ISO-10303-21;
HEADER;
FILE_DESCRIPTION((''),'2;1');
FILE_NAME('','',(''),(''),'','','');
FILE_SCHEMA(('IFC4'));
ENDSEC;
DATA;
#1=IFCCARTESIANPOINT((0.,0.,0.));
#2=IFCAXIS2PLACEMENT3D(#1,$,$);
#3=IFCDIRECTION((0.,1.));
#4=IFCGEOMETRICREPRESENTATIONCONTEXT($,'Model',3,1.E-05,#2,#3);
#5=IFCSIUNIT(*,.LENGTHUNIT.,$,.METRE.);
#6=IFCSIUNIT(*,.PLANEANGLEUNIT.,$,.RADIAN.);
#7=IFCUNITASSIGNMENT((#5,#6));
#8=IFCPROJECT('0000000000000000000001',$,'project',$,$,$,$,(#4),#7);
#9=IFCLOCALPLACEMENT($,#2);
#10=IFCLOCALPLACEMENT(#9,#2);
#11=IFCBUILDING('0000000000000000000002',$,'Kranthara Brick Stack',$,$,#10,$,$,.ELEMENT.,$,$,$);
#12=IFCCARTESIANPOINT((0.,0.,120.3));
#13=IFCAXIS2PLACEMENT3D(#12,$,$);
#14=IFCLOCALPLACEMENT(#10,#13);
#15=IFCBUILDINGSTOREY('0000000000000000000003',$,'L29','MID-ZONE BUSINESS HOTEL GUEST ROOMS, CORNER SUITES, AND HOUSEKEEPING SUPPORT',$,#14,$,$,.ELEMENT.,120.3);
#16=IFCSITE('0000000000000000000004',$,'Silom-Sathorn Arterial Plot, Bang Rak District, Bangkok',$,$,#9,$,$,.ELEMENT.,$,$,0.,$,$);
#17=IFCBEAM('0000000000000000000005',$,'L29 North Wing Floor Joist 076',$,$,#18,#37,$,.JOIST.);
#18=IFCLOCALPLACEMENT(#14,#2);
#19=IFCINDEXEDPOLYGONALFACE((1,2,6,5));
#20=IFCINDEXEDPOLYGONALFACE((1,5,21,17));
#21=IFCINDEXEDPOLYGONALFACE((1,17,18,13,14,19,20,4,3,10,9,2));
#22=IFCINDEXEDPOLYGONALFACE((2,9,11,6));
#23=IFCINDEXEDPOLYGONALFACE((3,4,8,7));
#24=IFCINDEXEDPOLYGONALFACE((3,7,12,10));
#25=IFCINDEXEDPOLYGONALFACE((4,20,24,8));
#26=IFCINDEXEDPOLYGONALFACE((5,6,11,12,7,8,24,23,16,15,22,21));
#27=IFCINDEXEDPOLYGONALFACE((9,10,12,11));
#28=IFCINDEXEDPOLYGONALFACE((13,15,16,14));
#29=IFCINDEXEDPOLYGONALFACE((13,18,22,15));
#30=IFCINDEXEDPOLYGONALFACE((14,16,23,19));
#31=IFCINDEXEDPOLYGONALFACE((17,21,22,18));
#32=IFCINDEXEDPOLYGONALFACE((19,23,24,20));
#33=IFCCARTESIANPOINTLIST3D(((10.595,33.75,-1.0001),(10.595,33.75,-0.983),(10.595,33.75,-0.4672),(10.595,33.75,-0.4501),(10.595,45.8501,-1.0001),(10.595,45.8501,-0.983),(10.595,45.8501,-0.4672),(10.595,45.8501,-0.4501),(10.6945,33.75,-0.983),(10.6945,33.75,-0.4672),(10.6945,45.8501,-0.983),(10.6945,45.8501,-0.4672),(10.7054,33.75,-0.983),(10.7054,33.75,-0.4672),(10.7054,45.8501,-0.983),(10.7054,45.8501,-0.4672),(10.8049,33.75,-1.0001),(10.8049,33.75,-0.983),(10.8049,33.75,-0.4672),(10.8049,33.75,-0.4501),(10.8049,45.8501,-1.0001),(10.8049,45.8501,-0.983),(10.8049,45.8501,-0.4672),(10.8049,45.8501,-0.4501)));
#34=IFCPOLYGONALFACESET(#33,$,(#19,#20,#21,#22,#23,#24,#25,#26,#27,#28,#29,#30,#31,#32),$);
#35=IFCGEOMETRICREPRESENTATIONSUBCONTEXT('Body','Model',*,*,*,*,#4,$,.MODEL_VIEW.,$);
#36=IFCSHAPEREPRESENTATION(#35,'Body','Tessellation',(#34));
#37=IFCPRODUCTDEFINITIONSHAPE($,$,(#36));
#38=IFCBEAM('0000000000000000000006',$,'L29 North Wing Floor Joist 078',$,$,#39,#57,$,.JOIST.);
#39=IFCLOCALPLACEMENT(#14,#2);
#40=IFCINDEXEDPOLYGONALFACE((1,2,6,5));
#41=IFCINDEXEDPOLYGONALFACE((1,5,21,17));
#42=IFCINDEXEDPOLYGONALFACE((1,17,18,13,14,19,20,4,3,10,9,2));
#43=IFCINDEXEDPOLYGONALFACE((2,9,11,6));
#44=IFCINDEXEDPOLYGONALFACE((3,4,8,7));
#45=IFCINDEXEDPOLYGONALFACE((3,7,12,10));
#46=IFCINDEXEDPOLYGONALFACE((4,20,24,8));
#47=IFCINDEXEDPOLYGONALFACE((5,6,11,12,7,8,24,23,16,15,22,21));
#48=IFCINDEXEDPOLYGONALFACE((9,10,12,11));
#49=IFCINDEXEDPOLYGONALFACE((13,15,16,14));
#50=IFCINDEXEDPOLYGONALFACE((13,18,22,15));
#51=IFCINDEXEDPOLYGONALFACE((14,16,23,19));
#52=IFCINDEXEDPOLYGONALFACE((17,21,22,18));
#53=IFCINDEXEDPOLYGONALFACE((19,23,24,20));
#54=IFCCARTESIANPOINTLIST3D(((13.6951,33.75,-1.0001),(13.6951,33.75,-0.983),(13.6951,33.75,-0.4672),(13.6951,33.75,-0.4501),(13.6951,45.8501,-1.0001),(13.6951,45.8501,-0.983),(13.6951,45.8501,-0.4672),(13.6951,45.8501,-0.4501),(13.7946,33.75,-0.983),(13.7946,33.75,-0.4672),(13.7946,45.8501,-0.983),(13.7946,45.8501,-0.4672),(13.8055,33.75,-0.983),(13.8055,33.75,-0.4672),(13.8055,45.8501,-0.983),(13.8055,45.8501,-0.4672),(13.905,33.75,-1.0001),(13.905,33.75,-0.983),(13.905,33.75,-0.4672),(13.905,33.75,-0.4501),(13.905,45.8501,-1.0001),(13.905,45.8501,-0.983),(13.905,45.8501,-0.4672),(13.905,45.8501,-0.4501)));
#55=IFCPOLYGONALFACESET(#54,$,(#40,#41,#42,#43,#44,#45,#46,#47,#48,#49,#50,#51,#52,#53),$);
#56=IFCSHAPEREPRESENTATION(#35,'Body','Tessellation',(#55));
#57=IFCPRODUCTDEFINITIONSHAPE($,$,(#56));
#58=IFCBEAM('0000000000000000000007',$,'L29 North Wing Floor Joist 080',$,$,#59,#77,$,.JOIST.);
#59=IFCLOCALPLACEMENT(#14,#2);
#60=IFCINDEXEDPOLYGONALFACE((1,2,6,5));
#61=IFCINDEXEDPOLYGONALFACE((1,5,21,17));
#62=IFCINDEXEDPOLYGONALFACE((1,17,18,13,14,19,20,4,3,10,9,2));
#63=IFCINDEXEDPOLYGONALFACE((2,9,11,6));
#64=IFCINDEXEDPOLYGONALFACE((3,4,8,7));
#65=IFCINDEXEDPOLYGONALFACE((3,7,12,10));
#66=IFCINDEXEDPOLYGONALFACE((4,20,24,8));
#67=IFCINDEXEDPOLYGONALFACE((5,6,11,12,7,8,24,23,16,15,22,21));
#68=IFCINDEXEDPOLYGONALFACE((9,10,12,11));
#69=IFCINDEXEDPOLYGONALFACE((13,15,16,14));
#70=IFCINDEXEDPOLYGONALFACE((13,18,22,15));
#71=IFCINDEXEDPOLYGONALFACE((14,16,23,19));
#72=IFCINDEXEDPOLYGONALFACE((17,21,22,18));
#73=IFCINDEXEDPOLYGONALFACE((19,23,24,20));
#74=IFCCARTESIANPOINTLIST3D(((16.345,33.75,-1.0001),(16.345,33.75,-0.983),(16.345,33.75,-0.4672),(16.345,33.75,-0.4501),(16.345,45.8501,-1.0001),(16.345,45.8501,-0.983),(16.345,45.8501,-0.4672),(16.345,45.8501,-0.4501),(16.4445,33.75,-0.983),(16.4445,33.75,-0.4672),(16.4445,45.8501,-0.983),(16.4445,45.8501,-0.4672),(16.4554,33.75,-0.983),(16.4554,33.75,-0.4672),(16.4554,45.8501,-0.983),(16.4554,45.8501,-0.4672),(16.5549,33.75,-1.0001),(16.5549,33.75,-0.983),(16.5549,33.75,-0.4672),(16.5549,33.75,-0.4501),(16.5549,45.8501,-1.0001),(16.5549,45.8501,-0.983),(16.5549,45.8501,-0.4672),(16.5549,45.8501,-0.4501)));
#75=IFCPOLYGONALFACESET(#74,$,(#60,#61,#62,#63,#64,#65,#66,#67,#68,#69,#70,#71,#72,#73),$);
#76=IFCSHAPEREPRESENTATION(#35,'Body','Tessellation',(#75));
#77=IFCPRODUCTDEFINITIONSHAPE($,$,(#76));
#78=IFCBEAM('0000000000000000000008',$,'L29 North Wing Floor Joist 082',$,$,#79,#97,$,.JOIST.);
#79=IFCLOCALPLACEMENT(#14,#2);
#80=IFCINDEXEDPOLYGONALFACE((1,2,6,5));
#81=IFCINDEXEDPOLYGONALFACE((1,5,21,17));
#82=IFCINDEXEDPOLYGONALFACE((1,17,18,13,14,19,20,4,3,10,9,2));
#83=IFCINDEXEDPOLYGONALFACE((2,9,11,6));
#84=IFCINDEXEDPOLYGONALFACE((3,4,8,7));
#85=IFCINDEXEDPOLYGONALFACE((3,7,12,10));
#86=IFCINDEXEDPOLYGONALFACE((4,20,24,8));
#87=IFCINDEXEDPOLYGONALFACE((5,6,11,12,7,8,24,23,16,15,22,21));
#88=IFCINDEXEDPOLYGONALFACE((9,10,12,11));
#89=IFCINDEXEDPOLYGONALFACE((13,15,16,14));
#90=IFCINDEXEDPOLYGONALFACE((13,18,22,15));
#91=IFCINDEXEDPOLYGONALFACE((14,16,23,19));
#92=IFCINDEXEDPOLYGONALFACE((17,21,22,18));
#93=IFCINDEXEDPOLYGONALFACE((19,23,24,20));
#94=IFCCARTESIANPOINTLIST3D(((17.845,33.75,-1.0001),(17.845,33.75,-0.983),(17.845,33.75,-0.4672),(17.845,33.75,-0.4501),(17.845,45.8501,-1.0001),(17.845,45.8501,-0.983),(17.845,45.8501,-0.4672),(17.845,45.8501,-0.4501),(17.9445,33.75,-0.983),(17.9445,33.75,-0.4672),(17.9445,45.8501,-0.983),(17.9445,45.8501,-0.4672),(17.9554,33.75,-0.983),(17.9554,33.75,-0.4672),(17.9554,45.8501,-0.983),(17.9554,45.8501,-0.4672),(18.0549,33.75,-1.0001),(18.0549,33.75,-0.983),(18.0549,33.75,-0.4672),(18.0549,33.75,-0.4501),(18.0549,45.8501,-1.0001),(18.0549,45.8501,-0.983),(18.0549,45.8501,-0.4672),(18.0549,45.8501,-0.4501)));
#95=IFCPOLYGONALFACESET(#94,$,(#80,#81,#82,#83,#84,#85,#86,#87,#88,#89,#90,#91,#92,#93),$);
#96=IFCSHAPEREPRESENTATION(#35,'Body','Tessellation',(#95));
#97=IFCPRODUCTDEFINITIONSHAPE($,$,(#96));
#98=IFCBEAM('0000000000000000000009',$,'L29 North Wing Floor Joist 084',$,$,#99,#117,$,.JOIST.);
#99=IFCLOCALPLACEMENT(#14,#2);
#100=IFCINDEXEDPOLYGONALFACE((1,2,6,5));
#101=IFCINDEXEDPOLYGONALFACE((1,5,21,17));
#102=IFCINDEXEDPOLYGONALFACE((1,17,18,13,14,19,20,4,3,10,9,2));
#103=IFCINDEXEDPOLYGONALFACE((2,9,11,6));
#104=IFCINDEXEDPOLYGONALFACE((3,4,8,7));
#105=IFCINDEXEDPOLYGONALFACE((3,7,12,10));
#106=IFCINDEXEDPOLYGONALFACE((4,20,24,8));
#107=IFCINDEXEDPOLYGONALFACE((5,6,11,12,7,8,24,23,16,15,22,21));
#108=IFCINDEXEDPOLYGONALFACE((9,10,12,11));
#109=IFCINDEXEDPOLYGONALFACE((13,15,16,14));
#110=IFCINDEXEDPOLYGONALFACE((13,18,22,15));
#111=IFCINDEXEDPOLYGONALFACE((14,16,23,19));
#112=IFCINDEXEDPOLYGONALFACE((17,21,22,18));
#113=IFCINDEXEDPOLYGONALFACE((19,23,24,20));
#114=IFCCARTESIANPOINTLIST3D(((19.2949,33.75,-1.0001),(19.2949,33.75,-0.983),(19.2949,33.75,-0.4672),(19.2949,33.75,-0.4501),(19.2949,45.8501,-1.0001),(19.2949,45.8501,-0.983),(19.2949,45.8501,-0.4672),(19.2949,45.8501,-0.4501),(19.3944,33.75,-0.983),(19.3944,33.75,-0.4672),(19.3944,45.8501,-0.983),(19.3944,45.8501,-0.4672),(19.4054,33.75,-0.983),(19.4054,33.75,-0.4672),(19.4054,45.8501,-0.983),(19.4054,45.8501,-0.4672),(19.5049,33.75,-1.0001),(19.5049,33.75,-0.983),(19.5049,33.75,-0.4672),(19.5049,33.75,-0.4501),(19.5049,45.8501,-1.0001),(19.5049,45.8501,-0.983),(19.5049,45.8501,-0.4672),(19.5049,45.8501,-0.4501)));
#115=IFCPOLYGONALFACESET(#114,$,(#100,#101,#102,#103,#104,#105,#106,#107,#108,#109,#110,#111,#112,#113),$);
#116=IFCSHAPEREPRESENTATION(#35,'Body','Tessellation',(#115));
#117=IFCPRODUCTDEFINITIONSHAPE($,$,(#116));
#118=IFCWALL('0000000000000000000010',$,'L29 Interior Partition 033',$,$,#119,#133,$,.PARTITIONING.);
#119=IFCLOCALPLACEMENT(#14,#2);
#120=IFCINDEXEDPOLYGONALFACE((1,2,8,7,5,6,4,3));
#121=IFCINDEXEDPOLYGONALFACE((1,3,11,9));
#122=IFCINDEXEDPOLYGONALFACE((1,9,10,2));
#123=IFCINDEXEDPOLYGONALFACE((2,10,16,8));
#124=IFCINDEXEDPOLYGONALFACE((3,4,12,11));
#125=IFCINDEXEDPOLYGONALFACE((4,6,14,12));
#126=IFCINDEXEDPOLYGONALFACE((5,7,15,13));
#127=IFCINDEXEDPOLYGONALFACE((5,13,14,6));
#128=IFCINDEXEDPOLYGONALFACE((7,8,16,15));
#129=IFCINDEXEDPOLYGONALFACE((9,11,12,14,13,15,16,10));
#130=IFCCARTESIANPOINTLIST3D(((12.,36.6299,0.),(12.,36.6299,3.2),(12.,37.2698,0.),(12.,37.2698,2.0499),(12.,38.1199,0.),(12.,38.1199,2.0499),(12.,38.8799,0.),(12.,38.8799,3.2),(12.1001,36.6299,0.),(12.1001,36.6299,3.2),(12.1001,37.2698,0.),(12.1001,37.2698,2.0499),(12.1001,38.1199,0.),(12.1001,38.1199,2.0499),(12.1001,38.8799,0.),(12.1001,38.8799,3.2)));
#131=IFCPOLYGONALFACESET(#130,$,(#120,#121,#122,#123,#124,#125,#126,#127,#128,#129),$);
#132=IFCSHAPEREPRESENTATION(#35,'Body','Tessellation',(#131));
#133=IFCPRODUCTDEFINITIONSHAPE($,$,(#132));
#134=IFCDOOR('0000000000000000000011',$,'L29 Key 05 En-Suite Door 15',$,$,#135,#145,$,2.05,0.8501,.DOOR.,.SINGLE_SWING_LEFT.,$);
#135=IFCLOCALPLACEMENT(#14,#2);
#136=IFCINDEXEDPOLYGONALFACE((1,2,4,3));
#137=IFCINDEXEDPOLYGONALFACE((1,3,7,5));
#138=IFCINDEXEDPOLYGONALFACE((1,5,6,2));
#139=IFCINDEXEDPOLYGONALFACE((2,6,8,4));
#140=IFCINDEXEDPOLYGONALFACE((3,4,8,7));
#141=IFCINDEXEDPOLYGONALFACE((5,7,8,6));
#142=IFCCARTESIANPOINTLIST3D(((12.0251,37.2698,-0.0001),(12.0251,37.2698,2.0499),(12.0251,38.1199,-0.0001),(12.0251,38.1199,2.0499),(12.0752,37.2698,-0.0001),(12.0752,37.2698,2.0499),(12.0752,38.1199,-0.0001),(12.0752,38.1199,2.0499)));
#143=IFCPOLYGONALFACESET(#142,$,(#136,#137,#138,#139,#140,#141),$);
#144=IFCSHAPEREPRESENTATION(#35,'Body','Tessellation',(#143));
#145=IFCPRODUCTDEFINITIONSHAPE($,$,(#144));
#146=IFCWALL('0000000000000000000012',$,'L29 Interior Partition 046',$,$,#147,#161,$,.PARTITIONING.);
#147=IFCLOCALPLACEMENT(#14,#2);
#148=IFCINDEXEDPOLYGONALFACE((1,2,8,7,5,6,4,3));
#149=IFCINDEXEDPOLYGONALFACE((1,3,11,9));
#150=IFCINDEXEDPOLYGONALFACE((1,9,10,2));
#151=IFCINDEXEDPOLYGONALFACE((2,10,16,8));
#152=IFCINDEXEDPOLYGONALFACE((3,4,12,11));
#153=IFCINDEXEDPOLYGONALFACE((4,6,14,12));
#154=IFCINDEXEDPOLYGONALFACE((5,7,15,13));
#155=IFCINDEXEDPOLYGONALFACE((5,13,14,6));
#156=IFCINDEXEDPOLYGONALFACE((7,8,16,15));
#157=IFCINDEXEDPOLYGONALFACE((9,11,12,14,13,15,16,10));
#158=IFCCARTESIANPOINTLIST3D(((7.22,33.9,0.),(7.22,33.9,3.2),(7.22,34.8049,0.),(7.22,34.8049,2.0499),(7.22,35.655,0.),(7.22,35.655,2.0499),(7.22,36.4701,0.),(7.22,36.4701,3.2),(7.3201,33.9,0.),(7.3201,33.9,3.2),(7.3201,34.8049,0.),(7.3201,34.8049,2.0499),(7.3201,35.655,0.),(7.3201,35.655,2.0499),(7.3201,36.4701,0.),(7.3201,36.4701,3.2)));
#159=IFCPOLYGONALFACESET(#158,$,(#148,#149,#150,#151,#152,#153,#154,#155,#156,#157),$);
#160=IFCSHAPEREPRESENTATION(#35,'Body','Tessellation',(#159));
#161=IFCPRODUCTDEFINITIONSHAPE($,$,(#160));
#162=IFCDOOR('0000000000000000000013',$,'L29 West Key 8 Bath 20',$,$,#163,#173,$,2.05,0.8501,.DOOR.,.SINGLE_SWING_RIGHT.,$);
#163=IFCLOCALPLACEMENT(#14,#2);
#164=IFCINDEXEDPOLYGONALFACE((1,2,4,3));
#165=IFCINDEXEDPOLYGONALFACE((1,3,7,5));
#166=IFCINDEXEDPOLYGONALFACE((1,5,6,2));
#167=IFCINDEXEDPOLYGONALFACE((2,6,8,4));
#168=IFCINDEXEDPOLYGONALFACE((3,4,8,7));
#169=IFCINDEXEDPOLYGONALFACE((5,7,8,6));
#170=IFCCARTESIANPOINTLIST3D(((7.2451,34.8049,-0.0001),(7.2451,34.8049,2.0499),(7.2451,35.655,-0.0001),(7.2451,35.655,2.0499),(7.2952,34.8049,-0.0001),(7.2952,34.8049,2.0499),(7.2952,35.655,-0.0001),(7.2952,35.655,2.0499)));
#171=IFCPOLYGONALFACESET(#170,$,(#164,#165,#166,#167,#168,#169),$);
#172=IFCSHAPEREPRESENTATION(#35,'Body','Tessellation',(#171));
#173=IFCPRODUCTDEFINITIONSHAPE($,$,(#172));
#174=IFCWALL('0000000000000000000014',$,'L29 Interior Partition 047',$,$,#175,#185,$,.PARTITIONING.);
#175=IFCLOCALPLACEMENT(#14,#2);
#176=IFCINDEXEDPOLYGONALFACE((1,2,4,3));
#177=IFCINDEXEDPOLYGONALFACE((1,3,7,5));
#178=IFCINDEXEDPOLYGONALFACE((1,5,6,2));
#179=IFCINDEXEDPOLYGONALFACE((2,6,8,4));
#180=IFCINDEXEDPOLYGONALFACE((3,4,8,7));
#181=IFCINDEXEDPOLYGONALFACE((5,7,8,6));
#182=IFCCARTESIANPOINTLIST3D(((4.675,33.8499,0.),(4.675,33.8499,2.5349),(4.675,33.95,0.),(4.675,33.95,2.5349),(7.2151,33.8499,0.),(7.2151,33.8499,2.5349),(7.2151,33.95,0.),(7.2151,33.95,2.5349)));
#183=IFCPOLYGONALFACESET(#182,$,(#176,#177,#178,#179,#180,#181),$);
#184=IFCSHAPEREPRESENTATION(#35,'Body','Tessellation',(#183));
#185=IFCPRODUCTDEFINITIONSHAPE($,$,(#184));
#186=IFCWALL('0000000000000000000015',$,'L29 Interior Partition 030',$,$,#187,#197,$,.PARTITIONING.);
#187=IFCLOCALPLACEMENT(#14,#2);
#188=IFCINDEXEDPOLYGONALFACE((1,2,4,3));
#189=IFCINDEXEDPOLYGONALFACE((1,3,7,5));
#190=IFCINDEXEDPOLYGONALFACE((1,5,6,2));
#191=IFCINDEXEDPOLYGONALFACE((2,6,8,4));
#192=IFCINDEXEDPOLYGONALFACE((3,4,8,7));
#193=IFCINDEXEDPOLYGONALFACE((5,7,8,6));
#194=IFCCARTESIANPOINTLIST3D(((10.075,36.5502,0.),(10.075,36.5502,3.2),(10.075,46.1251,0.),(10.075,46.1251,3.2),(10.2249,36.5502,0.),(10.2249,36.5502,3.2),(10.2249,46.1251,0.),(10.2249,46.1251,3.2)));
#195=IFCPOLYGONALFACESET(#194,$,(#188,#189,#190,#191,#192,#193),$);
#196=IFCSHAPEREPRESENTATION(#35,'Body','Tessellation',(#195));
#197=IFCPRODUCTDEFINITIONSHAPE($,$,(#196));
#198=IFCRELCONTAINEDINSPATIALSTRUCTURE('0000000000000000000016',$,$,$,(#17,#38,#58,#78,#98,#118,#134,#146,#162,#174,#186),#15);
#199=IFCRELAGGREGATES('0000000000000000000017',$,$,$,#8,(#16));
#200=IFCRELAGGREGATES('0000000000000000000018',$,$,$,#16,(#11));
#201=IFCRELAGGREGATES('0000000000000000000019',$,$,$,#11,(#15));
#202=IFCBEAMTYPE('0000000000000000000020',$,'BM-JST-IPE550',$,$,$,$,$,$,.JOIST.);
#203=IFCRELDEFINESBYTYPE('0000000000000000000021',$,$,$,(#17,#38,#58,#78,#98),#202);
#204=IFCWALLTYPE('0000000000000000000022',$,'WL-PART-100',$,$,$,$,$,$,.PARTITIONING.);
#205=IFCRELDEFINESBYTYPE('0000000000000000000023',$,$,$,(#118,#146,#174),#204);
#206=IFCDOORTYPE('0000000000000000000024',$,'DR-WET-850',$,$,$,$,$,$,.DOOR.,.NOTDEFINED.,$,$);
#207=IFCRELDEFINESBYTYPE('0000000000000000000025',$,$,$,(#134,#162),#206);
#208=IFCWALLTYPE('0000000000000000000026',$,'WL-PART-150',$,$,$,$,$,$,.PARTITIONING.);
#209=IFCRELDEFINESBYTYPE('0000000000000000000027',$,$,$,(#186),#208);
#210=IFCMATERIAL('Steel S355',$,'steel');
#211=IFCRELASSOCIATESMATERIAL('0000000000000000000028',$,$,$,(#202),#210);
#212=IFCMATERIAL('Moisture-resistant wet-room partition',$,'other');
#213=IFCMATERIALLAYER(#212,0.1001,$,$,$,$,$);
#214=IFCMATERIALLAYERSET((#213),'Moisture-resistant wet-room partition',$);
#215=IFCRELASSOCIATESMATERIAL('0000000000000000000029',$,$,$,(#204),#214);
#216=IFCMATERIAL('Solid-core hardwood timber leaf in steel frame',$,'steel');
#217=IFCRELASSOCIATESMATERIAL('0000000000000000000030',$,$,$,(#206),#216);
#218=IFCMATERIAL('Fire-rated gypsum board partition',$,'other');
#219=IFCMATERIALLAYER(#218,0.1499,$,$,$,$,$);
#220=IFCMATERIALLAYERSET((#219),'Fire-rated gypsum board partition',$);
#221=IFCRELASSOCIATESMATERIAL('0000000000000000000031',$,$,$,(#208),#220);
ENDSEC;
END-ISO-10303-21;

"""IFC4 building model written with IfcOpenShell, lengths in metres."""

from ifc_helpers import new_model, si_unit, direction, frame, frame_2d, origin, origin_2d, place, context, subcontext, project, spatial, rectangle, i_section, extrude, material, layer, layer_set, material_profile, profile_set, type_object, element, fill, save


model = new_model("IFC4")

# Units and contexts
model_context = context("Model", 3, precision=1e-05, world=origin(), true_north=direction((0.0, 1.0)))
body_context = subcontext(model_context, "Body", "Model", "MODEL_VIEW")
ifc_project = project(units=[si_unit("LENGTHUNIT", "METRE"), si_unit("PLANEANGLEUNIT", "RADIAN")], contexts=[model_context])

# Site, building, storey
site_placement = place(None, origin())
site = spatial("IfcSite", under=ifc_project, at=site_placement, Name="Silom-Sathorn Arterial Plot, Bang Rak District, Bangkok", CompositionType="ELEMENT", RefElevation=0.0)
building_placement = place(site_placement, origin())
building = spatial("IfcBuilding", under=site, at=building_placement, Name="Kranthara Brick Stack", CompositionType="ELEMENT")
storey_placement = place(building_placement, frame((0.0, 0.0, 120.3)))
storey = spatial("IfcBuildingStorey", under=building, at=storey_placement, Name="L29", Description="MID-ZONE BUSINESS HOTEL GUEST ROOMS, CORNER SUITES, AND HOUSEKEEPING SUPPORT", CompositionType="ELEMENT", Elevation=120.3)

# Beams
ifc_material_1 = material(Name="Steel S355", Category="steel")
ifc_material_profile = material_profile(ifc_material_1, i_section(OverallWidth=0.21, OverallDepth=0.55, WebThickness=0.011, FlangeThickness=0.0171, at=origin_2d()), Name="IPE 550")
ifc_profile_set = profile_set([ifc_material_profile], Name="Steel S355")
beam_type = type_object("IfcBeamType", Name="BM-JST-IPE550", PredefinedType="JOIST", material=ifc_profile_set)
for number, where, z_axis, x_axis, name in (
    (1, (10.7, 33.75, -0.7251), (0.0, 1.0, 0.0), (-1.0, 0.0, 0.0), "L29 North Wing Floor Joist 076"),
    (2, (13.8, 33.75, -0.7251), (0.0, 1.0, 0.0), (-1.0, 0.0, 0.0), "L29 North Wing Floor Joist 078"),
    (3, (16.45, 33.75, -0.7251), (0.0, 1.0, 0.0), (-1.0, 0.0, 0.0), "L29 North Wing Floor Joist 080"),
    (4, (17.95, 33.75, -0.7251), (0.0, 1.0, 0.0), (-1.0, 0.0, 0.0), "L29 North Wing Floor Joist 082"),
    (5, (19.3999, 33.75, -0.7251), (0.0, 1.0, 0.0), (-1.0, 0.0, 0.0), "L29 North Wing Floor Joist 084"),
):
    element("IfcBeam", number, at=place(storey_placement, frame(where, z_axis=z_axis, x_axis=x_axis)), inside=storey, type_object=beam_type, Name=name, PredefinedType="JOIST", context=body_context, shape_type="SweptSolid", body=[
        extrude(i_section(OverallWidth=0.21, OverallDepth=0.55, WebThickness=0.011, FlangeThickness=0.0171, at=origin_2d()), origin(), (0.0, 0.0, 1.0), 12.1001),
    ])

# Walls, openings, doors
ifc_material_2 = material(Name="Moisture-resistant wet-room partition", Category="other")
ifc_layer_1 = layer(ifc_material_2, 0.1001)
ifc_layer_set_1 = layer_set([ifc_layer_1], Name="Moisture-resistant wet-room partition")
wall_type_1 = type_object("IfcWallType", Name="WL-PART-100", PredefinedType="PARTITIONING", material=ifc_layer_set_1)
wall_1_placement = place(storey_placement, frame((12.05, 36.6299, 0.0), z_axis=(0.0, 0.0, 1.0), x_axis=(0.0, 1.0, 0.0)))
wall_1 = element("IfcWall", 6, at=wall_1_placement, inside=storey, type_object=wall_type_1, Name="L29 Interior Partition 033", PredefinedType="PARTITIONING", context=body_context, shape_type="SweptSolid", body=[
    extrude(rectangle(XDim=2.25, YDim=0.1001, at=frame_2d((1.125, 0.0))), origin(), (0.0, 0.0, 1.0), 3.2),
])
opening_1_placement = place(wall_1_placement, frame((0.6399, 0.0, 0.0)))
opening_1 = element("IfcOpeningElement", 7, at=opening_1_placement, cuts=wall_1, PredefinedType="OPENING", context=body_context, shape_type="SweptSolid", body=[
    extrude(rectangle(XDim=0.8501, YDim=2.05, at=frame_2d((0.425, 1.0249))), frame((0.0, 0.0601, 0.0), z_axis=(0.0, -1.0, 0.0), x_axis=(1.0, 0.0, 0.0)), (0.0, 0.0, 1.0), 0.1201),
])
ifc_material_3 = material(Name="Solid-core hardwood timber leaf in steel frame", Category="steel")
door_type_1 = type_object("IfcDoorType", Name="DR-WET-850", OperationType="NOTDEFINED", PredefinedType="DOOR", material=ifc_material_3)
door_1_placement = place(opening_1_placement, origin())
door_1 = element("IfcDoor", 8, at=door_1_placement, inside=storey, type_object=door_type_1, Name="L29 Key 05 En-Suite Door 15", OperationType="SINGLE_SWING_LEFT", OverallHeight=2.05, OverallWidth=0.8501, PredefinedType="DOOR", context=body_context, shape_type="SweptSolid", body=[
    extrude(rectangle(XDim=0.8501, YDim=2.05, at=frame_2d((0.425, 1.0249))), frame((0.0, 0.0249, 0.0), z_axis=(0.0, -1.0, 0.0), x_axis=(1.0, 0.0, 0.0)), (0.0, 0.0, 1.0), 0.05),
])
fill(opening_1, door_1)
wall_2_placement = place(storey_placement, frame((7.27, 33.8999, 0.0), z_axis=(0.0, 0.0, 1.0), x_axis=(0.0, 1.0, 0.0)))
wall_2 = element("IfcWall", 9, at=wall_2_placement, inside=storey, type_object=wall_type_1, Name="L29 Interior Partition 046", PredefinedType="PARTITIONING", context=body_context, shape_type="SweptSolid", body=[
    extrude(rectangle(XDim=2.5701, YDim=0.1001, at=frame_2d((1.2852, 0.0))), origin(), (0.0, 0.0, 1.0), 3.2),
])
opening_2_placement = place(wall_2_placement, frame((0.905, 0.0, 0.0)))
opening_2 = element("IfcOpeningElement", 10, at=opening_2_placement, cuts=wall_2, PredefinedType="OPENING", context=body_context, shape_type="SweptSolid", body=[
    extrude(rectangle(XDim=0.8501, YDim=2.05, at=frame_2d((0.425, 1.0249))), frame((0.0, 0.0601, 0.0), z_axis=(0.0, -1.0, 0.0), x_axis=(1.0, 0.0, 0.0)), (0.0, 0.0, 1.0), 0.1201),
])
door_2_placement = place(opening_2_placement, origin())
door_2 = element("IfcDoor", 11, at=door_2_placement, inside=storey, type_object=door_type_1, Name="L29 West Key 8 Bath 20", OperationType="SINGLE_SWING_RIGHT", OverallHeight=2.05, OverallWidth=0.8501, PredefinedType="DOOR", context=body_context, shape_type="SweptSolid", body=[
    extrude(rectangle(XDim=0.8501, YDim=2.05, at=frame_2d((0.425, 1.0249))), frame((0.0, 0.0249, 0.0), z_axis=(0.0, -1.0, 0.0), x_axis=(1.0, 0.0, 0.0)), (0.0, 0.0, 1.0), 0.05),
])
fill(opening_2, door_2)

# Walls
wall_3_placement = place(storey_placement, frame((4.675, 33.8999, 0.0), z_axis=(0.0, 0.0, 1.0), x_axis=(1.0, 0.0, 0.0)))
element("IfcWall", 12, at=wall_3_placement, inside=storey, type_object=wall_type_1, Name="L29 Interior Partition 047", PredefinedType="PARTITIONING", context=body_context, shape_type="SweptSolid", body=[
    extrude(rectangle(XDim=2.54, YDim=0.1001, at=frame_2d((1.27, 0.0))), origin(), (0.0, 0.0, 1.0), 2.5349),
])
ifc_material_4 = material(Name="Fire-rated gypsum board partition", Category="other")
ifc_layer_2 = layer(ifc_material_4, 0.1499)
ifc_layer_set_2 = layer_set([ifc_layer_2], Name="Fire-rated gypsum board partition")
wall_type_2 = type_object("IfcWallType", Name="WL-PART-150", PredefinedType="PARTITIONING", material=ifc_layer_set_2)
wall_4_placement = place(storey_placement, frame((10.1499, 36.55, 0.0), z_axis=(0.0, 0.0, 1.0), x_axis=(0.0, 1.0, 0.0)))
element("IfcWall", 13, at=wall_4_placement, inside=storey, type_object=wall_type_2, Name="L29 Interior Partition 030", PredefinedType="PARTITIONING", context=body_context, shape_type="SweptSolid", body=[
    extrude(rectangle(XDim=9.575, YDim=0.1499, at=frame_2d((4.7876, 0.0))), origin(), (0.0, 0.0, 1.0), 3.2),
])

save(model, "model.ifc")
